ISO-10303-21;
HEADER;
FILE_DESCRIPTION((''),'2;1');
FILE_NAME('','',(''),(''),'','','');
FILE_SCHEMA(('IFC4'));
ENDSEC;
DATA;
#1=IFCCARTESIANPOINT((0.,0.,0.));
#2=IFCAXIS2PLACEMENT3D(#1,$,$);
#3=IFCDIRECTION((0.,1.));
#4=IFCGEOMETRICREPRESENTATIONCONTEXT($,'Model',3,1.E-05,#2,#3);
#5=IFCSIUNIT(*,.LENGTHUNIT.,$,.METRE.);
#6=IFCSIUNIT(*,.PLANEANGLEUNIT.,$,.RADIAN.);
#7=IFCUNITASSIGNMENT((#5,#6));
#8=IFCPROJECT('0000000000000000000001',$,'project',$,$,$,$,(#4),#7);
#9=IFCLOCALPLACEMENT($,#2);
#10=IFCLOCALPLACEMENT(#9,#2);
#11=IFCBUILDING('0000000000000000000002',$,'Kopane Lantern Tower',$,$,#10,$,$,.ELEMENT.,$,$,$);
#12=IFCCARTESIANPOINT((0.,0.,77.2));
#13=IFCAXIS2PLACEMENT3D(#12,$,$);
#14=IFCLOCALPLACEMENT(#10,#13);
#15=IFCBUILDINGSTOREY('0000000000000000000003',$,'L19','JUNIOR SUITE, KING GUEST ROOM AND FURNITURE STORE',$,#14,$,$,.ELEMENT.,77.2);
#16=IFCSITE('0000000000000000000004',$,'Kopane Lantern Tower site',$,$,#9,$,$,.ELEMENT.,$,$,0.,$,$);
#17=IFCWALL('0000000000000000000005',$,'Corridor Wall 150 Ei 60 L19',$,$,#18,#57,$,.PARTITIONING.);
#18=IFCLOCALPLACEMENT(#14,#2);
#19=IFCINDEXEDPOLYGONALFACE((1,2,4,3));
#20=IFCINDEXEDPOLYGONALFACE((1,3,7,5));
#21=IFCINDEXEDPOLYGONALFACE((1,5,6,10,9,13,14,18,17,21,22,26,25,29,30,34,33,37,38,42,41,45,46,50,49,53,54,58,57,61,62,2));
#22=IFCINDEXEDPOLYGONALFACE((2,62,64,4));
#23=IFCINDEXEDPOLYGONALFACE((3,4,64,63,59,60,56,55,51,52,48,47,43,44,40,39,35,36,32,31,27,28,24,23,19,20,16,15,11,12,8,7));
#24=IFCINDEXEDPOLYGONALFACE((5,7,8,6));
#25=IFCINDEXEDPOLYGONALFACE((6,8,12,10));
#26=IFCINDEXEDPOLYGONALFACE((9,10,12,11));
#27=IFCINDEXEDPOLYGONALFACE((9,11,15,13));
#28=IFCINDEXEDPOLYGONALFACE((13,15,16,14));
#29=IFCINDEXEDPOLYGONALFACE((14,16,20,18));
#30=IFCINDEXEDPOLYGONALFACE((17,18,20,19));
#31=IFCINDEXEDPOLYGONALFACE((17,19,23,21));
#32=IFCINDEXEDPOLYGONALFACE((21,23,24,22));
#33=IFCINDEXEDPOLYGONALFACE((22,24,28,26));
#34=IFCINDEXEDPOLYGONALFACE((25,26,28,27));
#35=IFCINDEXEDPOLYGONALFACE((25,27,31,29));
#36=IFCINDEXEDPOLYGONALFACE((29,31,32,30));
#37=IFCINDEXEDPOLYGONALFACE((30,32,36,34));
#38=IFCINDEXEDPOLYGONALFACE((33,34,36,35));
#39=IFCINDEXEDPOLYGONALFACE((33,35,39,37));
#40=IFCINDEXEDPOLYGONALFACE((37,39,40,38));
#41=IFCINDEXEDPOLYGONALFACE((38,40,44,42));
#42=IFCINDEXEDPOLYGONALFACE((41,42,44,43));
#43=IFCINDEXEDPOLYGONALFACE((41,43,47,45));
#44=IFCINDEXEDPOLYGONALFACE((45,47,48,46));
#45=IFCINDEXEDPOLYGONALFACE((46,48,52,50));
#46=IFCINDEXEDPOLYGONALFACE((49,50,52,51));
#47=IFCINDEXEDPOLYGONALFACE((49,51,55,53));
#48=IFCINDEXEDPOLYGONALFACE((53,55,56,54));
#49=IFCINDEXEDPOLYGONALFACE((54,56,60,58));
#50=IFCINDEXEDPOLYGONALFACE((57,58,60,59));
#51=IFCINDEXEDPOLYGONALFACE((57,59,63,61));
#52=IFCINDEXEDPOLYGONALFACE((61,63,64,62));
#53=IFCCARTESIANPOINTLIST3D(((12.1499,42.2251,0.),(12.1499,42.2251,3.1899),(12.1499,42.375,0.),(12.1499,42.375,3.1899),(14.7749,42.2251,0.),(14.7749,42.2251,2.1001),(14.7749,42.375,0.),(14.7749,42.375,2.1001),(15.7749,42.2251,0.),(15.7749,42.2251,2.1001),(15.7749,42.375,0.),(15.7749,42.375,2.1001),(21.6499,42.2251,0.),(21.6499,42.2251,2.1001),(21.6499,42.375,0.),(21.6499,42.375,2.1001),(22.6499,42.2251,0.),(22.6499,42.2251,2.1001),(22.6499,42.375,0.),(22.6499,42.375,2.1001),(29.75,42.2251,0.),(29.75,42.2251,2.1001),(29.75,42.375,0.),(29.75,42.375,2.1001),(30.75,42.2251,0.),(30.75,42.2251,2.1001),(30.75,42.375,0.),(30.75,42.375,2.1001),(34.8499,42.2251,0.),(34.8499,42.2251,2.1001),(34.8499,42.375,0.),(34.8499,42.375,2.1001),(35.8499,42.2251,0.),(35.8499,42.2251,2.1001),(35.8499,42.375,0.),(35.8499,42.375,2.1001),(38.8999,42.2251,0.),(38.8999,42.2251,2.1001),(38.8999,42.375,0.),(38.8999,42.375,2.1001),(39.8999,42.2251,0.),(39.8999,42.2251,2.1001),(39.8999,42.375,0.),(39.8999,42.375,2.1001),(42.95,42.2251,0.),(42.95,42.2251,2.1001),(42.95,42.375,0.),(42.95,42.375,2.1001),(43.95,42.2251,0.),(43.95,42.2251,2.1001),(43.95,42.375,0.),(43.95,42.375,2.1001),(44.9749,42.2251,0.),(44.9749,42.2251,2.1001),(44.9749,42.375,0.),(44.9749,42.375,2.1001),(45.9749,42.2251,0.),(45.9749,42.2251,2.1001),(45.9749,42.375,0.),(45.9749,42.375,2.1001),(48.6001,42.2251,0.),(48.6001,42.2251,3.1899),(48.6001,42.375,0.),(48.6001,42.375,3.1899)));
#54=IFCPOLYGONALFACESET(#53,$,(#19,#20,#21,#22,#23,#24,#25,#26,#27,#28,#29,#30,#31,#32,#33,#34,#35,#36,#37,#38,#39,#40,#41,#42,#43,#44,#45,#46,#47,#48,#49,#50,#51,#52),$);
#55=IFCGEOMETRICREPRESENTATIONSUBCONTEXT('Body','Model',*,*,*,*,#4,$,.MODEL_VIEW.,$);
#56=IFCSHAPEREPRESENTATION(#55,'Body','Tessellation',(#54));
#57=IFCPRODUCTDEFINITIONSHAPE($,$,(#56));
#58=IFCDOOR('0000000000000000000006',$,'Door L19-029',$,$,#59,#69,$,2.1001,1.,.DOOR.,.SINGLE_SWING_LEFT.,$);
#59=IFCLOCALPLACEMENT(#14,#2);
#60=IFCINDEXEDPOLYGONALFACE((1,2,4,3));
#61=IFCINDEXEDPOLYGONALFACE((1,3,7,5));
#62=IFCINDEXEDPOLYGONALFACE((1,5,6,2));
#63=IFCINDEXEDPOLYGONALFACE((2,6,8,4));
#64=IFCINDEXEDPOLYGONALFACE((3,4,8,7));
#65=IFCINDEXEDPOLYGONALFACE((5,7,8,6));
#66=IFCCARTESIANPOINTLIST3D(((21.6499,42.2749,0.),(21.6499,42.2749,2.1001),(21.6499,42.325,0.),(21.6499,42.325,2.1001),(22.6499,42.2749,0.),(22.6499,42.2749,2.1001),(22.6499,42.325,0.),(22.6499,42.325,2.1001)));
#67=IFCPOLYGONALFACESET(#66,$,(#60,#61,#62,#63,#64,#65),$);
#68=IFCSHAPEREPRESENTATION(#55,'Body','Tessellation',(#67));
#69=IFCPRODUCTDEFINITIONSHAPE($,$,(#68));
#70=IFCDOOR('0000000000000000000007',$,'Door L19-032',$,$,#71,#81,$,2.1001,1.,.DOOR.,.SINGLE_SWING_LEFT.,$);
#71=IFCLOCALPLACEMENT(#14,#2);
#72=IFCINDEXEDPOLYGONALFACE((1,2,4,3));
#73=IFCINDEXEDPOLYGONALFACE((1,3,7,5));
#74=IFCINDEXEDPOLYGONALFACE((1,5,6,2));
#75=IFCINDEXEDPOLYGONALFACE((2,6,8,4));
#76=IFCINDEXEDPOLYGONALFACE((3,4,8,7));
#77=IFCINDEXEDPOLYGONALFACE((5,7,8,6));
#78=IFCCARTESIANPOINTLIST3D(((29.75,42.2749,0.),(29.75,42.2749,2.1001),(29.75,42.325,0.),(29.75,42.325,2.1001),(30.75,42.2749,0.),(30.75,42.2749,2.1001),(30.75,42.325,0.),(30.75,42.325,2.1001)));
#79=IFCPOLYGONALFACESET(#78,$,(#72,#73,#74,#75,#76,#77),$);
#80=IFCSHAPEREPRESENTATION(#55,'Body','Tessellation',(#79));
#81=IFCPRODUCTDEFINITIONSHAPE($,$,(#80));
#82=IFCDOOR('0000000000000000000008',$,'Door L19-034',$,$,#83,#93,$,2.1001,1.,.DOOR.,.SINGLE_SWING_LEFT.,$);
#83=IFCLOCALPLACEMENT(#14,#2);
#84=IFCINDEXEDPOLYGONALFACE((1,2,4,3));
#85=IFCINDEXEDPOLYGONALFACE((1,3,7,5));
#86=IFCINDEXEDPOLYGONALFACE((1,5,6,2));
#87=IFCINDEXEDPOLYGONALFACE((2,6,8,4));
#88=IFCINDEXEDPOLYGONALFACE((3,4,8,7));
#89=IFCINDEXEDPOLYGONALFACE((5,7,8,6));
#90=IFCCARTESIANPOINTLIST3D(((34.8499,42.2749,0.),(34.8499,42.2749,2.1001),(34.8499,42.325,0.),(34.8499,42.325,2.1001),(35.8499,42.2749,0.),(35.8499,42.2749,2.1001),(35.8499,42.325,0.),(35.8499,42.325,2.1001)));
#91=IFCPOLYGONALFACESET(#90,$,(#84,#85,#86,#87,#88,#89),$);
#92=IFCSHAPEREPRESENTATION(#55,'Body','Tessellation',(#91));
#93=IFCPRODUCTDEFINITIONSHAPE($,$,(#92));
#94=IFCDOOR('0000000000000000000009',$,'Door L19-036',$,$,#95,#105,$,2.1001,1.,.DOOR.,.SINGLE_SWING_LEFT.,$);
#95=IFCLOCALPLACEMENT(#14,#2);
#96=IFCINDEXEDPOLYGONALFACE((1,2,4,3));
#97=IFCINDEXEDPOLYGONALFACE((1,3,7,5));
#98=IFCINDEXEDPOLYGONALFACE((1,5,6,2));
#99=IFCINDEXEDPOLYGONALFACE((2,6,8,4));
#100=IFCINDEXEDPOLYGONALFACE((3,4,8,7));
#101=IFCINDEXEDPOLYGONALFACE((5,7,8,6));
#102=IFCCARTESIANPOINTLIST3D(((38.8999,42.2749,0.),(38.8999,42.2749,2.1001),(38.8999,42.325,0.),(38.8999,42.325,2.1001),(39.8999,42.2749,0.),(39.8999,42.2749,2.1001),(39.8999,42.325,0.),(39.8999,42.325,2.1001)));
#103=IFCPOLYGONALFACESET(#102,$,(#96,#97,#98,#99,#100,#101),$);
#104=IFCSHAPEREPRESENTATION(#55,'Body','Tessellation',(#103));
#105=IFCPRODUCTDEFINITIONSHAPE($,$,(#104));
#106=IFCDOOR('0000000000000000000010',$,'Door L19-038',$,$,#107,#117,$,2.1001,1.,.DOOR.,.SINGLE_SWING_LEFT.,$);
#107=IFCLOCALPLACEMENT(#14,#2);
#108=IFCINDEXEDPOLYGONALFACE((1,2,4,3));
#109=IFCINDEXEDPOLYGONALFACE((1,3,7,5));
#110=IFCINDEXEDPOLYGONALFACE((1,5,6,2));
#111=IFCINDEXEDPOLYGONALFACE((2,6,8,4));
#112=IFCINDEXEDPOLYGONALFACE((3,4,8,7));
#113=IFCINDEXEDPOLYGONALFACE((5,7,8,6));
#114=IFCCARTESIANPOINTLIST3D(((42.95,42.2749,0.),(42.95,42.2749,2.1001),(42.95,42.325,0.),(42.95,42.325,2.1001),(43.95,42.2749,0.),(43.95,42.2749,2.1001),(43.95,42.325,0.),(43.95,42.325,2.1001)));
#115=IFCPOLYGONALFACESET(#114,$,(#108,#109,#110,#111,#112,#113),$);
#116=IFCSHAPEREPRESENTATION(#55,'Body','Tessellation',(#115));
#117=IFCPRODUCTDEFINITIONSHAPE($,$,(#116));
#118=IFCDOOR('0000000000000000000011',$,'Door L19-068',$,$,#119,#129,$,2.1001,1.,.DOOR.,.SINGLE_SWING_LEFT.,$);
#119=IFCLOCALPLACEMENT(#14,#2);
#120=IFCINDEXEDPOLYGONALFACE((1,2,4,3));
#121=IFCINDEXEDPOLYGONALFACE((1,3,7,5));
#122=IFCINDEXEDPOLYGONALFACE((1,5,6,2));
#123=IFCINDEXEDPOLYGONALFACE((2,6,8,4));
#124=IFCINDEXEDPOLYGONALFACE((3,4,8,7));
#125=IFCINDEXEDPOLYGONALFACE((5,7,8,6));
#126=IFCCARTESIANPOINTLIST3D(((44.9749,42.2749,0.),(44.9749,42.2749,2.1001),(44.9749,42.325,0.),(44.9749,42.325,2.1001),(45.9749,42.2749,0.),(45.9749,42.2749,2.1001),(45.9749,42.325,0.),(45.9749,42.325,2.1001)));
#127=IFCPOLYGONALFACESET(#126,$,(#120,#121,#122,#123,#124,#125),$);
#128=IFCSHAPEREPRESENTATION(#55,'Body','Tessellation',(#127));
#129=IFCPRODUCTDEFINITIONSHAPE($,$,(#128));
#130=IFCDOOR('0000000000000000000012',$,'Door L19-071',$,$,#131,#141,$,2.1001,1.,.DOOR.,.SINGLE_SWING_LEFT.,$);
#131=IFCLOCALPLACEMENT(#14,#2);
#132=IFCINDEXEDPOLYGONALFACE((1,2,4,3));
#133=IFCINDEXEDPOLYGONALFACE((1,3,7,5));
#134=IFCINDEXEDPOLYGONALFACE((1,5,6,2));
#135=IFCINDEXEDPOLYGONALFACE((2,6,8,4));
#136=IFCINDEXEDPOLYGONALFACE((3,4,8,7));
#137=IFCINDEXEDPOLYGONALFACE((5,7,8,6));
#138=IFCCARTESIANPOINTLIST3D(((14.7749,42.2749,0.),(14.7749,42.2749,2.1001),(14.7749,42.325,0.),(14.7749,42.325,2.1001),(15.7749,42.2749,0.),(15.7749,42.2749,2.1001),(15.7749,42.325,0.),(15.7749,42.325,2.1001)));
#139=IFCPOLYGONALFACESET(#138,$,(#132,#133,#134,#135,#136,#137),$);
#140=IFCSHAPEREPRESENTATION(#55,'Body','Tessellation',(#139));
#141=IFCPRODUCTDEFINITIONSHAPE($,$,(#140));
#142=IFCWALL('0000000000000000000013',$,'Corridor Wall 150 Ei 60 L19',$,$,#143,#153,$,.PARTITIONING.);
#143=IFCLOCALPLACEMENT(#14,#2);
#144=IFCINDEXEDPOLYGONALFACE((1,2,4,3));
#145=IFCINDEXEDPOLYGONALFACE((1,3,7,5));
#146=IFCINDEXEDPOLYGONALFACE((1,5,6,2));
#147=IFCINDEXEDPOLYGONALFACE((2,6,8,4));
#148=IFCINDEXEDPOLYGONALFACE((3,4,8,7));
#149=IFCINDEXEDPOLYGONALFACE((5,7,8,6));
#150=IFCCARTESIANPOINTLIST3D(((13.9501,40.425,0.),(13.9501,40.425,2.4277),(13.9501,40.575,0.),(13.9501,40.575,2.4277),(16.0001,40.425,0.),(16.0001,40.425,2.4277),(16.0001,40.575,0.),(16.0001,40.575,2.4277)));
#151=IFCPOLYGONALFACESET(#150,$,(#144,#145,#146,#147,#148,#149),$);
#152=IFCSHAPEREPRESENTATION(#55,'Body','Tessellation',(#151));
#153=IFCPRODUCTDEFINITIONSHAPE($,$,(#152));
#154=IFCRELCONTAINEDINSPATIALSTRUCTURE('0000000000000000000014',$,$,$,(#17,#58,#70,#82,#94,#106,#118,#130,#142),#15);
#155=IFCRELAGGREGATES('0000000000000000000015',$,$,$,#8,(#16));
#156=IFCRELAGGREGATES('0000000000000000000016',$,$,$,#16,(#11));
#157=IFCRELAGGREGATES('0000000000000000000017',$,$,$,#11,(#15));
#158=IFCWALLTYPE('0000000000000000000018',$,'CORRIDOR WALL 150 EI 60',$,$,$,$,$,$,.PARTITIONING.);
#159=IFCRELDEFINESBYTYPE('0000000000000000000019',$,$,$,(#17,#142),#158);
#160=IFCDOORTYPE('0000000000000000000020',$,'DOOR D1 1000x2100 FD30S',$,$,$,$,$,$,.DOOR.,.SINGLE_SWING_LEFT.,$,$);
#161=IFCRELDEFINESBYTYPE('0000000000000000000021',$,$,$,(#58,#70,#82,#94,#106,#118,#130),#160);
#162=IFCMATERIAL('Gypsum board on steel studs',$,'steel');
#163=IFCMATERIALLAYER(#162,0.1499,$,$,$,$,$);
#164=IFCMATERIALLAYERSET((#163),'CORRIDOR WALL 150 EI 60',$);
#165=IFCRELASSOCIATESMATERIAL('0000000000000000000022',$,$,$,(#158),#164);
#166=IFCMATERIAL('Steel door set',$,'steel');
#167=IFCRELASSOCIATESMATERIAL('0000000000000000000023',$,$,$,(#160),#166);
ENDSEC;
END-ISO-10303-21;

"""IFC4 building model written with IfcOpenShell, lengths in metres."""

from ifc_helpers import new_model, si_unit, direction, frame, frame_2d, origin, place, context, subcontext, project, spatial, rectangle, extrude, material, layer, layer_set, type_object, element, fill, save


model = new_model("IFC4")

# Units and contexts
model_context = context("Model", 3, precision=1e-05, world=origin(), true_north=direction((0.0, 1.0)))
body_context = subcontext(model_context, "Body", "Model", "MODEL_VIEW")
ifc_project = project(units=[si_unit("LENGTHUNIT", "METRE"), si_unit("PLANEANGLEUNIT", "RADIAN")], contexts=[model_context])

# Site, building, storey
site_placement = place(None, origin())
site = spatial("IfcSite", under=ifc_project, at=site_placement, Name="Kopane Lantern Tower site", CompositionType="ELEMENT", RefElevation=0.0)
building_placement = place(site_placement, origin())
building = spatial("IfcBuilding", under=site, at=building_placement, Name="Kopane Lantern Tower", CompositionType="ELEMENT")
storey_placement = place(building_placement, frame((0.0, 0.0, 77.2)))
storey = spatial("IfcBuildingStorey", under=building, at=storey_placement, Name="L19", Description="JUNIOR SUITE, KING GUEST ROOM AND FURNITURE STORE", CompositionType="ELEMENT", Elevation=77.2)

# Wall, openings, doors
ifc_material_1 = material(Name="Gypsum board on steel studs", Category="steel")
ifc_layer_1 = layer(ifc_material_1, 0.1499)
ifc_layer_set_1 = layer_set([ifc_layer_1], Name="CORRIDOR WALL 150 EI 60")
wall_type_1 = type_object("IfcWallType", Name="CORRIDOR WALL 150 EI 60", PredefinedType="PARTITIONING", material=ifc_layer_set_1)
wall_1_placement = place(storey_placement, frame((12.1499, 42.3, 0.0), z_axis=(0.0, 0.0, 1.0), x_axis=(1.0, 0.0, 0.0)))
wall_1 = element("IfcWall", 1, at=wall_1_placement, inside=storey, type_object=wall_type_1, Name="Corridor Wall 150 Ei 60 L19", PredefinedType="PARTITIONING", context=body_context, shape_type="SweptSolid", body=[
    extrude(rectangle(XDim=36.4502, YDim=0.1499, at=frame_2d((18.2251, 0.0))), origin(), (0.0, 0.0, 1.0), 3.1899),
])
opening_1_placement = place(wall_1_placement, frame((9.5, 0.0, 0.0)))
opening_1 = element("IfcOpeningElement", 2, at=opening_1_placement, cuts=wall_1, PredefinedType="OPENING", context=body_context, shape_type="SweptSolid", body=[
    extrude(rectangle(XDim=1.0, YDim=2.1001, at=frame_2d((0.5, 1.05))), frame((0.0, 0.085, 0.0), z_axis=(0.0, -1.0, 0.0), x_axis=(1.0, 0.0, 0.0)), (0.0, 0.0, 1.0), 0.1699),
])
opening_2_placement = place(wall_1_placement, frame((17.6001, 0.0, 0.0)))
opening_2 = element("IfcOpeningElement", 3, at=opening_2_placement, cuts=wall_1, PredefinedType="OPENING", context=body_context, shape_type="SweptSolid", body=[
    extrude(rectangle(XDim=1.0, YDim=2.1001, at=frame_2d((0.5, 1.05))), frame((0.0, 0.085, 0.0), z_axis=(0.0, -1.0, 0.0), x_axis=(1.0, 0.0, 0.0)), (0.0, 0.0, 1.0), 0.1699),
])
opening_3_placement = place(wall_1_placement, frame((22.7, 0.0, 0.0)))
opening_3 = element("IfcOpeningElement", 4, at=opening_3_placement, cuts=wall_1, PredefinedType="OPENING", context=body_context, shape_type="SweptSolid", body=[
    extrude(rectangle(XDim=1.0, YDim=2.1001, at=frame_2d((0.5, 1.05))), frame((0.0, 0.085, 0.0), z_axis=(0.0, -1.0, 0.0), x_axis=(1.0, 0.0, 0.0)), (0.0, 0.0, 1.0), 0.1699),
])
opening_4_placement = place(wall_1_placement, frame((26.75, 0.0, 0.0)))
opening_4 = element("IfcOpeningElement", 5, at=opening_4_placement, cuts=wall_1, PredefinedType="OPENING", context=body_context, shape_type="SweptSolid", body=[
    extrude(rectangle(XDim=1.0, YDim=2.1001, at=frame_2d((0.5, 1.05))), frame((0.0, 0.085, 0.0), z_axis=(0.0, -1.0, 0.0), x_axis=(1.0, 0.0, 0.0)), (0.0, 0.0, 1.0), 0.1699),
])
opening_5_placement = place(wall_1_placement, frame((30.8, 0.0, 0.0)))
opening_5 = element("IfcOpeningElement", 6, at=opening_5_placement, cuts=wall_1, PredefinedType="OPENING", context=body_context, shape_type="SweptSolid", body=[
    extrude(rectangle(XDim=1.0, YDim=2.1001, at=frame_2d((0.5, 1.05))), frame((0.0, 0.085, 0.0), z_axis=(0.0, -1.0, 0.0), x_axis=(1.0, 0.0, 0.0)), (0.0, 0.0, 1.0), 0.1699),
])
opening_6_placement = place(wall_1_placement, frame((32.825, 0.0, 0.0)))
opening_6 = element("IfcOpeningElement", 7, at=opening_6_placement, cuts=wall_1, PredefinedType="OPENING", context=body_context, shape_type="SweptSolid", body=[
    extrude(rectangle(XDim=1.0, YDim=2.1001, at=frame_2d((0.5, 1.05))), frame((0.0, 0.085, 0.0), z_axis=(0.0, -1.0, 0.0), x_axis=(1.0, 0.0, 0.0)), (0.0, 0.0, 1.0), 0.1699),
])
opening_7_placement = place(wall_1_placement, frame((2.625, 0.0, 0.0)))
opening_7 = element("IfcOpeningElement", 8, at=opening_7_placement, cuts=wall_1, PredefinedType="OPENING", context=body_context, shape_type="SweptSolid", body=[
    extrude(rectangle(XDim=1.0, YDim=2.1001, at=frame_2d((0.5, 1.05))), frame((0.0, 0.085, 0.0), z_axis=(0.0, -1.0, 0.0), x_axis=(1.0, 0.0, 0.0)), (0.0, 0.0, 1.0), 0.1699),
])
ifc_material_2 = material(Name="Steel door set", Category="steel")
door_type_1 = type_object("IfcDoorType", Name="DOOR D1 1000x2100 FD30S", OperationType="SINGLE_SWING_LEFT", PredefinedType="DOOR", material=ifc_material_2)
door_1_placement = place(opening_1_placement, origin())
door_1 = element("IfcDoor", 9, at=door_1_placement, inside=storey, type_object=door_type_1, Name="Door L19-029", OperationType="SINGLE_SWING_LEFT", OverallHeight=2.1001, OverallWidth=1.0, PredefinedType="DOOR", context=body_context, shape_type="SweptSolid", body=[
    extrude(rectangle(XDim=1.0, YDim=2.1001, at=frame_2d((0.5, 1.05))), frame((0.0, 0.0249, 0.0), z_axis=(0.0, -1.0, 0.0), x_axis=(1.0, 0.0, 0.0)), (0.0, 0.0, 1.0), 0.05),
])
fill(opening_1, door_1)
door_2_placement = place(opening_2_placement, origin())
door_2 = element("IfcDoor", 10, at=door_2_placement, inside=storey, type_object=door_type_1, Name="Door L19-032", OperationType="SINGLE_SWING_LEFT", OverallHeight=2.1001, OverallWidth=1.0, PredefinedType="DOOR", context=body_context, shape_type="SweptSolid", body=[
    extrude(rectangle(XDim=1.0, YDim=2.1001, at=frame_2d((0.5, 1.05))), frame((0.0, 0.0249, 0.0), z_axis=(0.0, -1.0, 0.0), x_axis=(1.0, 0.0, 0.0)), (0.0, 0.0, 1.0), 0.05),
])
fill(opening_2, door_2)
door_3_placement = place(opening_3_placement, origin())
door_3 = element("IfcDoor", 11, at=door_3_placement, inside=storey, type_object=door_type_1, Name="Door L19-034", OperationType="SINGLE_SWING_LEFT", OverallHeight=2.1001, OverallWidth=1.0, PredefinedType="DOOR", context=body_context, shape_type="SweptSolid", body=[
    extrude(rectangle(XDim=1.0, YDim=2.1001, at=frame_2d((0.5, 1.05))), frame((0.0, 0.0249, 0.0), z_axis=(0.0, -1.0, 0.0), x_axis=(1.0, 0.0, 0.0)), (0.0, 0.0, 1.0), 0.05),
])
fill(opening_3, door_3)
door_4_placement = place(opening_4_placement, origin())
door_4 = element("IfcDoor", 12, at=door_4_placement, inside=storey, type_object=door_type_1, Name="Door L19-036", OperationType="SINGLE_SWING_LEFT", OverallHeight=2.1001, OverallWidth=1.0, PredefinedType="DOOR", context=body_context, shape_type="SweptSolid", body=[
    extrude(rectangle(XDim=1.0, YDim=2.1001, at=frame_2d((0.5, 1.05))), frame((0.0, 0.0249, 0.0), z_axis=(0.0, -1.0, 0.0), x_axis=(1.0, 0.0, 0.0)), (0.0, 0.0, 1.0), 0.05),
])
fill(opening_4, door_4)
door_5_placement = place(opening_5_placement, origin())
door_5 = element("IfcDoor", 13, at=door_5_placement, inside=storey, type_object=door_type_1, Name="Door L19-038", OperationType="SINGLE_SWING_LEFT", OverallHeight=2.1001, OverallWidth=1.0, PredefinedType="DOOR", context=body_context, shape_type="SweptSolid", body=[
    extrude(rectangle(XDim=1.0, YDim=2.1001, at=frame_2d((0.5, 1.05))), frame((0.0, 0.0249, 0.0), z_axis=(0.0, -1.0, 0.0), x_axis=(1.0, 0.0, 0.0)), (0.0, 0.0, 1.0), 0.05),
])
fill(opening_5, door_5)
door_6_placement = place(opening_6_placement, origin())
door_6 = element("IfcDoor", 14, at=door_6_placement, inside=storey, type_object=door_type_1, Name="Door L19-068", OperationType="SINGLE_SWING_LEFT", OverallHeight=2.1001, OverallWidth=1.0, PredefinedType="DOOR", context=body_context, shape_type="SweptSolid", body=[
    extrude(rectangle(XDim=1.0, YDim=2.1001, at=frame_2d((0.5, 1.05))), frame((0.0, 0.0249, 0.0), z_axis=(0.0, -1.0, 0.0), x_axis=(1.0, 0.0, 0.0)), (0.0, 0.0, 1.0), 0.05),
])
fill(opening_6, door_6)
door_7_placement = place(opening_7_placement, origin())
door_7 = element("IfcDoor", 15, at=door_7_placement, inside=storey, type_object=door_type_1, Name="Door L19-071", OperationType="SINGLE_SWING_LEFT", OverallHeight=2.1001, OverallWidth=1.0, PredefinedType="DOOR", context=body_context, shape_type="SweptSolid", body=[
    extrude(rectangle(XDim=1.0, YDim=2.1001, at=frame_2d((0.5, 1.05))), frame((0.0, 0.0249, 0.0), z_axis=(0.0, -1.0, 0.0), x_axis=(1.0, 0.0, 0.0)), (0.0, 0.0, 1.0), 0.05),
])
fill(opening_7, door_7)

# Wall
wall_2_placement = place(storey_placement, frame((16.0, 40.5, 0.0), z_axis=(0.0, 0.0, 1.0), x_axis=(-1.0, 0.0, 0.0)))
element("IfcWall", 16, at=wall_2_placement, inside=storey, type_object=wall_type_1, Name="Corridor Wall 150 Ei 60 L19", PredefinedType="PARTITIONING", context=body_context, shape_type="SweptSolid", body=[
    extrude(rectangle(XDim=2.05, YDim=0.1499, at=frame_2d((1.0249, 0.0))), origin(), (0.0, 0.0, 1.0), 2.4277),
])

save(model, "model.ifc")
